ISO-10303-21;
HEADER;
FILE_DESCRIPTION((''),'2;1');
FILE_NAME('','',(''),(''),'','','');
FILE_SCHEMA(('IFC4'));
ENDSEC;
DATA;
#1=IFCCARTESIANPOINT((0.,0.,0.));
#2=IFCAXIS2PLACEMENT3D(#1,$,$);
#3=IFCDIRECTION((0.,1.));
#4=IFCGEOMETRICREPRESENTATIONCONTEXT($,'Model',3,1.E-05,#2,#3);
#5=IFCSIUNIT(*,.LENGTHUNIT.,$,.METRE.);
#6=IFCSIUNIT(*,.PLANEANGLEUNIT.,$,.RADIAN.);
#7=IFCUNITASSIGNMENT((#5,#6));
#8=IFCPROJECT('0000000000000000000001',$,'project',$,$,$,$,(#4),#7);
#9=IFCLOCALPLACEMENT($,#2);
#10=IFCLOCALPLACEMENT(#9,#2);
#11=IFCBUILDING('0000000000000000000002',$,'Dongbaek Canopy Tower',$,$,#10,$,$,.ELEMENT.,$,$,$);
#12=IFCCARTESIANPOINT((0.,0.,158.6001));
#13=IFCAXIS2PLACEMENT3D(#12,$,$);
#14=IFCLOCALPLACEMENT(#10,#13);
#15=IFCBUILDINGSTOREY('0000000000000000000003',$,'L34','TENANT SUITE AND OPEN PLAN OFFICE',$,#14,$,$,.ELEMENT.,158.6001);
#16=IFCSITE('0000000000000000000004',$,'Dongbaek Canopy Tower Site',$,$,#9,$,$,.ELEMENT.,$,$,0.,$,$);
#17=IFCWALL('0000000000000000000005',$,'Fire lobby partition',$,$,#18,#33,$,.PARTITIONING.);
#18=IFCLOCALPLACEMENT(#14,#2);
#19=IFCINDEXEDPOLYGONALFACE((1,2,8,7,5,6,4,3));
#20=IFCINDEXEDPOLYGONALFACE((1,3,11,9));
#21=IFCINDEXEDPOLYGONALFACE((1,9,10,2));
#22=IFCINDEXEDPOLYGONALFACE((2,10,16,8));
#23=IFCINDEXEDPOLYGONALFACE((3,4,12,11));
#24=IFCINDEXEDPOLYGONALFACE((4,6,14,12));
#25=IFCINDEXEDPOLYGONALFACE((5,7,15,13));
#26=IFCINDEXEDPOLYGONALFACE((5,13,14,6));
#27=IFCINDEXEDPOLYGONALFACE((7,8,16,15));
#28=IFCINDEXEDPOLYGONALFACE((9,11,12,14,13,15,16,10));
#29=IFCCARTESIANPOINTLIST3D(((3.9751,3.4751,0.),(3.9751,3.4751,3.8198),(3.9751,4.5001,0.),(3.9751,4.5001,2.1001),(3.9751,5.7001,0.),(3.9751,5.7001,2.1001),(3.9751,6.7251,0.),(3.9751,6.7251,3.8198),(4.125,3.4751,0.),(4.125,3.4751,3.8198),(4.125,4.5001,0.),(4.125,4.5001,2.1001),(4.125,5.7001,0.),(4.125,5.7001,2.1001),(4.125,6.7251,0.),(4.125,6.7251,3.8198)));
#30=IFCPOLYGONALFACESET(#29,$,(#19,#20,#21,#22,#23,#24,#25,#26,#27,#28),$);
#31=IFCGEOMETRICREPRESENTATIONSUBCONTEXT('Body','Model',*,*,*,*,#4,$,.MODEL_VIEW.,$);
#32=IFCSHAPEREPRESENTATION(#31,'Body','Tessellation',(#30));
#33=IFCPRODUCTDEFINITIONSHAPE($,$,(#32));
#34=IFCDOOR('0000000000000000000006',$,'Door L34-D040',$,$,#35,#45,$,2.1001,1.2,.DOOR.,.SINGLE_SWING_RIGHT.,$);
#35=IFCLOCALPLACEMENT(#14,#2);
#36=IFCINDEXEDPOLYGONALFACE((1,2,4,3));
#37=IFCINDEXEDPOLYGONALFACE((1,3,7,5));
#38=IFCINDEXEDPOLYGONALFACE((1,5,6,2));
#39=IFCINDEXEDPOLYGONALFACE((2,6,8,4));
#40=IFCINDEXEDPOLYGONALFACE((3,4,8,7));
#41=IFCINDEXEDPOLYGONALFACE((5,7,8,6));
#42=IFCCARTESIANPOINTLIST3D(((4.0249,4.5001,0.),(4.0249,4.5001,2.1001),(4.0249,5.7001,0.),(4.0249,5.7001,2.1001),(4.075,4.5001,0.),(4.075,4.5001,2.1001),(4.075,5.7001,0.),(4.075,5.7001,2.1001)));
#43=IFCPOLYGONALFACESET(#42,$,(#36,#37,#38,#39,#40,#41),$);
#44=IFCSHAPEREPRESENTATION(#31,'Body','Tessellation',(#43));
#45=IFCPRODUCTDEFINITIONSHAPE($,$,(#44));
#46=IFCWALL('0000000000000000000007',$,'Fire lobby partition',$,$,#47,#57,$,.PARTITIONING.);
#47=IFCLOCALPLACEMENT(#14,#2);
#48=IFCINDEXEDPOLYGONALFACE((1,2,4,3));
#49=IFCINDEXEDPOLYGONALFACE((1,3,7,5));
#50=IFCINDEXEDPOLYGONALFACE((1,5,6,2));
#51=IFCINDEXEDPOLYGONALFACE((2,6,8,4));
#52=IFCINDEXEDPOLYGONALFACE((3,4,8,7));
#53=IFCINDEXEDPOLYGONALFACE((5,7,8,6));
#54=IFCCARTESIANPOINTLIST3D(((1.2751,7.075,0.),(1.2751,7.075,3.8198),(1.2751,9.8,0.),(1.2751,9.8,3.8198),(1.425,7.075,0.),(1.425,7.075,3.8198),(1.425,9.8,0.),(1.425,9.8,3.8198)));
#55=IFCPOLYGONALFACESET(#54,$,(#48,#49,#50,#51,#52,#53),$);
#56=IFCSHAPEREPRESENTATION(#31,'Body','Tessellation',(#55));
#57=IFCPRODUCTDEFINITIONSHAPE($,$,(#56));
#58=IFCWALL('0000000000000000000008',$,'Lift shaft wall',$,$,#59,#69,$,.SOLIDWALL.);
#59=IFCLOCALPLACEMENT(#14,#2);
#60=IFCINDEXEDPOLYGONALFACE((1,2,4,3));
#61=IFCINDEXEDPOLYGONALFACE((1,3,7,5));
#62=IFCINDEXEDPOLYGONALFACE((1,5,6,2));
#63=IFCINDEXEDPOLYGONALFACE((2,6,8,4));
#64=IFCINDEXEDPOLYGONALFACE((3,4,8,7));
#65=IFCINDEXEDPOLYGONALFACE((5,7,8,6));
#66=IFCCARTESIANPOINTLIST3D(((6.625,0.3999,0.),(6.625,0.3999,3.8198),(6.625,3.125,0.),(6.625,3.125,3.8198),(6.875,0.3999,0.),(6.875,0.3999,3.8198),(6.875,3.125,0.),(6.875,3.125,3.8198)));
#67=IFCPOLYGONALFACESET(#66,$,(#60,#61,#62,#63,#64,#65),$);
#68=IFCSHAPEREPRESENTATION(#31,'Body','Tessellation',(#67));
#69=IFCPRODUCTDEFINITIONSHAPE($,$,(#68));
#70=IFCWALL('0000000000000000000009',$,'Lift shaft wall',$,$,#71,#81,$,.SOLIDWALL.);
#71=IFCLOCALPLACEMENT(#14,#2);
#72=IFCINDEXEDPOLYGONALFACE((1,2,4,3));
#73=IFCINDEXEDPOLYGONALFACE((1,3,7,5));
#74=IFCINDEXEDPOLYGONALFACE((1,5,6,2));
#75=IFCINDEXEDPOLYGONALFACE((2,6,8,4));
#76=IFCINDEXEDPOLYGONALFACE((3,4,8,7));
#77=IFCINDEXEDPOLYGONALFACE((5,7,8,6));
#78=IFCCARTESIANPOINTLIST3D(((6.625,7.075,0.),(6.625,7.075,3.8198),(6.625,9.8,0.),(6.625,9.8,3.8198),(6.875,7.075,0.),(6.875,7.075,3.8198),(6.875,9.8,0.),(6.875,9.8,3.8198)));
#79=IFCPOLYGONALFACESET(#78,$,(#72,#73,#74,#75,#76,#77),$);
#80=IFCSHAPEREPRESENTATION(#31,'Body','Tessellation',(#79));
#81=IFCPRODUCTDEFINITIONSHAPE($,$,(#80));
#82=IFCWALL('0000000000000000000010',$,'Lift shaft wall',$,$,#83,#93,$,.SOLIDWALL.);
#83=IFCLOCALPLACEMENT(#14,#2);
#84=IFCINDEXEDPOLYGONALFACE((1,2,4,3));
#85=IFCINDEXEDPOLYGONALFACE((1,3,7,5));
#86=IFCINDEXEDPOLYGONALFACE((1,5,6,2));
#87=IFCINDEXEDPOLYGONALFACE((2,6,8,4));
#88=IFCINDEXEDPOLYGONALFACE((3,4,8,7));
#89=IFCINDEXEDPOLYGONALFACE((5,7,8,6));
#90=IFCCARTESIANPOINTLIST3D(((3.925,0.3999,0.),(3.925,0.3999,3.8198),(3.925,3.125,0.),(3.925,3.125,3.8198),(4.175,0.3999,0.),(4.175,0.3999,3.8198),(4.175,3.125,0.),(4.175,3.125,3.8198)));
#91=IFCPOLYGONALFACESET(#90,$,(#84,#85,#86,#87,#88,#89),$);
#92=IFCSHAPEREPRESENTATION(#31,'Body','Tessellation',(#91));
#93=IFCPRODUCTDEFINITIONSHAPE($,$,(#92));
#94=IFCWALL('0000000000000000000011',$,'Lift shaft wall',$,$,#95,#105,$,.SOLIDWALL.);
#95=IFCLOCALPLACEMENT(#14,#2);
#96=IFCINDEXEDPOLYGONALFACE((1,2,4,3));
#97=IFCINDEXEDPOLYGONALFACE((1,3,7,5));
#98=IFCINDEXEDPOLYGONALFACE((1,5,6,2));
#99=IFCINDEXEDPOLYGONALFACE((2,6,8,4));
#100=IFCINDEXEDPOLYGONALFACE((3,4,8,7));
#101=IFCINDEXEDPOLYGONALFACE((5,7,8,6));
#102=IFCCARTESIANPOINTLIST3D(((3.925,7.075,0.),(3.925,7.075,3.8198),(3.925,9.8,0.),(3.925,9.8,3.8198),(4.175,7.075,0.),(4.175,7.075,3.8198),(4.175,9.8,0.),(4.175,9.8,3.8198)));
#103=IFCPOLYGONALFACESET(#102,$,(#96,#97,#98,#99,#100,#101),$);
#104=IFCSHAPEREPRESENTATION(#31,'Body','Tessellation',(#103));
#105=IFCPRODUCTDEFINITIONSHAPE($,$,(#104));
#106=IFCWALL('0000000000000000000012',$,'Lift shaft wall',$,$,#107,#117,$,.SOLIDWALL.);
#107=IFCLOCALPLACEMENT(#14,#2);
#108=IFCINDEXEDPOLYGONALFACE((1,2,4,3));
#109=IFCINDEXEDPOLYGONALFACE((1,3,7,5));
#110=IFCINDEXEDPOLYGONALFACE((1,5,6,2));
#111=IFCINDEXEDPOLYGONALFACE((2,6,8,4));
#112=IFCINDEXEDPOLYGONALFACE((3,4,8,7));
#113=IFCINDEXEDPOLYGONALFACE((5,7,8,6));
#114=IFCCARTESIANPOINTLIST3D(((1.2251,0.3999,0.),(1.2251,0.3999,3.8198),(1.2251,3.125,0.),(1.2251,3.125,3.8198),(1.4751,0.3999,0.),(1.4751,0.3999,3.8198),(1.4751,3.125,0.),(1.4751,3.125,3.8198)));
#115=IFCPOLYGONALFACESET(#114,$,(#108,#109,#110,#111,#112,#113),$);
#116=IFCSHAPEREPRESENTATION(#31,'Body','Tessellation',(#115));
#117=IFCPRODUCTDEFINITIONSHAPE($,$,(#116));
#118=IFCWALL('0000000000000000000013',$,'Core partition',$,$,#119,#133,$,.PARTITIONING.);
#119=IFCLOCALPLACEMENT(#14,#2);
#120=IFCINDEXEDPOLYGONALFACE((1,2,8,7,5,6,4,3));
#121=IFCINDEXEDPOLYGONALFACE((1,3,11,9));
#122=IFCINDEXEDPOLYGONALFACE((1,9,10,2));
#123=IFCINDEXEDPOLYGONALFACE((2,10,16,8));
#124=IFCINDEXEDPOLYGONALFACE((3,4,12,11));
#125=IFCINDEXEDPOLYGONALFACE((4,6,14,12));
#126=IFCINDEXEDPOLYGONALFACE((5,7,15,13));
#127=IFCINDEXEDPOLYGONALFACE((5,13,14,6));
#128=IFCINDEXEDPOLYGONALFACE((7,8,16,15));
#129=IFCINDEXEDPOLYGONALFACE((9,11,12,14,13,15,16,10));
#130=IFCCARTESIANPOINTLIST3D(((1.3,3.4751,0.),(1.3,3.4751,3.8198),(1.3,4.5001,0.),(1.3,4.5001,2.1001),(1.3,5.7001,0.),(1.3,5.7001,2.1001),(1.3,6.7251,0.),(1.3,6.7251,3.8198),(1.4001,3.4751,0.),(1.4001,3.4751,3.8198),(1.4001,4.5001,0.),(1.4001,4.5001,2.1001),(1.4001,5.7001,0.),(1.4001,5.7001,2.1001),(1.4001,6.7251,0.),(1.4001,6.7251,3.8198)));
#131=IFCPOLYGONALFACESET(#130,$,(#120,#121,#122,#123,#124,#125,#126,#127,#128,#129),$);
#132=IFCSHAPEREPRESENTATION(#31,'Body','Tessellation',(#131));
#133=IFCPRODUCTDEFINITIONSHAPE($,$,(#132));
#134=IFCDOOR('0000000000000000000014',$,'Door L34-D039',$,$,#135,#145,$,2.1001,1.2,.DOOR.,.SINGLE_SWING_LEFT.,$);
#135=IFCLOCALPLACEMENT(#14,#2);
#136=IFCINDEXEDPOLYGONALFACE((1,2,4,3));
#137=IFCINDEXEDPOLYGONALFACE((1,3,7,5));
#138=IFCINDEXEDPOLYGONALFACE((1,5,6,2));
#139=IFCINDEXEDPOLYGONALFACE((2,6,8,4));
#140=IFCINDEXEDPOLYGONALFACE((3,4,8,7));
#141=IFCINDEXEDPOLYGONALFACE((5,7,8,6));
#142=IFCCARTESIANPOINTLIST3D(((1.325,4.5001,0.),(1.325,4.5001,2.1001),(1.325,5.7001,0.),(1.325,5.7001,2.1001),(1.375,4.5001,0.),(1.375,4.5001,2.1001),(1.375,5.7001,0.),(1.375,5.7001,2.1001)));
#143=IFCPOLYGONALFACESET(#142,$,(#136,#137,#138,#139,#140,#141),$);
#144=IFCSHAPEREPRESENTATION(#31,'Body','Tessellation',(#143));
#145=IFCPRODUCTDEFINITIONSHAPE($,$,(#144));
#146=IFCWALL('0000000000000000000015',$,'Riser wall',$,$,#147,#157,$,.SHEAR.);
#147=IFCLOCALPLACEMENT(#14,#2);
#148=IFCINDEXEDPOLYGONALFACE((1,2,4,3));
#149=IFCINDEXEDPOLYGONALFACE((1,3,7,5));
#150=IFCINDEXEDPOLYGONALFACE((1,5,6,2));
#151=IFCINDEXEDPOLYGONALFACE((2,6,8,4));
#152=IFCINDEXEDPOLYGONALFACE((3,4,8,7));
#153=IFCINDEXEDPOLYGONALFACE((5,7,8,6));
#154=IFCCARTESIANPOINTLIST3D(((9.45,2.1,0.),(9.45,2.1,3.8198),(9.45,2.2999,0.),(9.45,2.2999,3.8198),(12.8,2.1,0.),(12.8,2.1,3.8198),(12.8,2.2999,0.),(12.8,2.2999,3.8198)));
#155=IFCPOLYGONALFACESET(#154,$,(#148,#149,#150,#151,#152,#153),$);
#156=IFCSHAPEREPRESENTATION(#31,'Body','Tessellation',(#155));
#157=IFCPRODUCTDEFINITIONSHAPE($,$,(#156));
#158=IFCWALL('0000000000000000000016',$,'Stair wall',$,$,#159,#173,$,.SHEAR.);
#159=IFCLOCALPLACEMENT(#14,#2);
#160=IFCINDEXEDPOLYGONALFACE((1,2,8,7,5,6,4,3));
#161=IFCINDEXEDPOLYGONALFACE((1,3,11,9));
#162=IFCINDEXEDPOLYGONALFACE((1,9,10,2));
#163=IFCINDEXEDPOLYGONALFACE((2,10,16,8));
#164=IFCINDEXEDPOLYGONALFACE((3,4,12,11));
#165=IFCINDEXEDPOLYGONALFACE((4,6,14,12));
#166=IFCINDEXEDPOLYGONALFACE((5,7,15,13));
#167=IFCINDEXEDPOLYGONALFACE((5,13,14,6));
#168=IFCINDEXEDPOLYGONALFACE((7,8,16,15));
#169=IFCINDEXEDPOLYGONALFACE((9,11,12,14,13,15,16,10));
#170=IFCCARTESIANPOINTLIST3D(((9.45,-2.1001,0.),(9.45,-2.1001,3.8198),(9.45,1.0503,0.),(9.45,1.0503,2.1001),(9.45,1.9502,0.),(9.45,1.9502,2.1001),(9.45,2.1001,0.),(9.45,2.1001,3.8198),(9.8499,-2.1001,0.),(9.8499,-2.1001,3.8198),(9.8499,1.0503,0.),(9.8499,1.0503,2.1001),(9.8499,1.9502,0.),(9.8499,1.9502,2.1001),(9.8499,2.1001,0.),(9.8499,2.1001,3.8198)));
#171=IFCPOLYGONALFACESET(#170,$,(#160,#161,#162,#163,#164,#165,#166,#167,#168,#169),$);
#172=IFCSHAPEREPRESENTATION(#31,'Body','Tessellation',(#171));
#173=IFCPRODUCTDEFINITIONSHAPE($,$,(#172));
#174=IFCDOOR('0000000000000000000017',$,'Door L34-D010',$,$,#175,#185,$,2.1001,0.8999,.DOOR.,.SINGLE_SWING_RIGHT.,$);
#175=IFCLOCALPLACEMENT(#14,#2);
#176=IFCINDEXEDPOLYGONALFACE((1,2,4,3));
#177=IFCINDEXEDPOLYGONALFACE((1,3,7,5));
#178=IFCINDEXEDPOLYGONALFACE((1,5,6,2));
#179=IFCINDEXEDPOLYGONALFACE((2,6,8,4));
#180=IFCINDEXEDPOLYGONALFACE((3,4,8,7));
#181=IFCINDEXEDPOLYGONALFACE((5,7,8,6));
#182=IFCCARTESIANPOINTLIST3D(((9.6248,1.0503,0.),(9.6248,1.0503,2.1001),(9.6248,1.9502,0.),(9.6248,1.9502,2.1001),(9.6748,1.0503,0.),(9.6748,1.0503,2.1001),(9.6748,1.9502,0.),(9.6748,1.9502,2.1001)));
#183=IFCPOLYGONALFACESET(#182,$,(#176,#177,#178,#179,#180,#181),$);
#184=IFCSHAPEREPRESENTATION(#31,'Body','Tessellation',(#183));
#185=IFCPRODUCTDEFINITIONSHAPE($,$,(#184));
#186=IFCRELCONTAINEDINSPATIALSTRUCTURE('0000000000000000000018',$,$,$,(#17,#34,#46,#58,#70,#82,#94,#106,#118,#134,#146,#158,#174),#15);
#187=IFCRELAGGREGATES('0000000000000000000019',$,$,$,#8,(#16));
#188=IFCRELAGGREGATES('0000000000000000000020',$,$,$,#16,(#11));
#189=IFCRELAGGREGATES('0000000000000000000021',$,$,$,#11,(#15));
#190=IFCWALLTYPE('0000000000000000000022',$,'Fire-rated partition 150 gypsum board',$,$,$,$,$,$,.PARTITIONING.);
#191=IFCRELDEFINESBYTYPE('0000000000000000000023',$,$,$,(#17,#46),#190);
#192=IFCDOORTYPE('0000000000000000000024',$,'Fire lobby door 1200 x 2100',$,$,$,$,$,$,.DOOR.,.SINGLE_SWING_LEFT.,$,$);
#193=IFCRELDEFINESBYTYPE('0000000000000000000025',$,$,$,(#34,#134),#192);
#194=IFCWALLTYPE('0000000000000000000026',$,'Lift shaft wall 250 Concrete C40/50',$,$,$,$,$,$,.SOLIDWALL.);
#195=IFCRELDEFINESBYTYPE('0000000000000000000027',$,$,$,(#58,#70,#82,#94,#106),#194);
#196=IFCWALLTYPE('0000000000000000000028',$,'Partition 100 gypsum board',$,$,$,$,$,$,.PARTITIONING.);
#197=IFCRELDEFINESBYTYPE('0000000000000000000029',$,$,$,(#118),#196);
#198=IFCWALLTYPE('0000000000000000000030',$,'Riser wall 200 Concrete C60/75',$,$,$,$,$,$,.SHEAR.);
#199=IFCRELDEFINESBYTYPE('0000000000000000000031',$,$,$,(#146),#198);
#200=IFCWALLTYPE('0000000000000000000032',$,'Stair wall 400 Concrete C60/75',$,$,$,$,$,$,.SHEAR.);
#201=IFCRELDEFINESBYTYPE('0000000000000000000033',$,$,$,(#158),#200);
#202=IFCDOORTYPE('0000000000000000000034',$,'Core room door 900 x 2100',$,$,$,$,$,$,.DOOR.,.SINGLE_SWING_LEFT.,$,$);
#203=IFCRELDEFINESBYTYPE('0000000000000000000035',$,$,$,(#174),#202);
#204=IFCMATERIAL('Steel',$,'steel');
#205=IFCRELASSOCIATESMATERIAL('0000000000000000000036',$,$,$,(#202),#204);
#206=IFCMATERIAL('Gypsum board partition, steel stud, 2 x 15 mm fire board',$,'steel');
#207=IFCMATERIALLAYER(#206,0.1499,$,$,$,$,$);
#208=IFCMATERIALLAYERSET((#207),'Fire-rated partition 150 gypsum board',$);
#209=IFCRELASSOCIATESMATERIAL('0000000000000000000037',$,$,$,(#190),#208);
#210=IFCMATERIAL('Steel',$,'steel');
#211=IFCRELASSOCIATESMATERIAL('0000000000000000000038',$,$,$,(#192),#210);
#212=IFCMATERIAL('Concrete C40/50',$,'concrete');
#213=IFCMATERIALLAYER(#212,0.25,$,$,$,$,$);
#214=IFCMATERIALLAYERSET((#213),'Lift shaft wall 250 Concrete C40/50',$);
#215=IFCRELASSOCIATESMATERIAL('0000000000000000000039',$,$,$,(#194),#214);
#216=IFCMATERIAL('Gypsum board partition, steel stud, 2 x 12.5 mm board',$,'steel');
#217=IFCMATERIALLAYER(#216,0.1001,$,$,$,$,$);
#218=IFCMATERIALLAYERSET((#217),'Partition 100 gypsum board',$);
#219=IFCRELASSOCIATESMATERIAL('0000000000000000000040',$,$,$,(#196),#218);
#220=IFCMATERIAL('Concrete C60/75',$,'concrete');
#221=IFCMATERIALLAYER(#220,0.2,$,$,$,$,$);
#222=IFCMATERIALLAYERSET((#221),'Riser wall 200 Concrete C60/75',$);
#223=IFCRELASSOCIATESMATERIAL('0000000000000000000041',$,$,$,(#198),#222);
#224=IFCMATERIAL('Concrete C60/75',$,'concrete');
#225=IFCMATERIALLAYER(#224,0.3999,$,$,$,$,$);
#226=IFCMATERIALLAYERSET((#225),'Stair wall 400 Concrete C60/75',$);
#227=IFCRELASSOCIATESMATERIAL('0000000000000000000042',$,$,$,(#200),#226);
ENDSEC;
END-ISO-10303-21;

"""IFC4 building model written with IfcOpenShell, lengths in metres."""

from ifc_helpers import new_model, si_unit, direction, frame, frame_2d, origin, place, context, subcontext, project, spatial, rectangle, extrude, material, layer, layer_set, type_object, element, fill, save


model = new_model("IFC4")

# Units and contexts
model_context = context("Model", 3, precision=1e-05, world=origin(), true_north=direction((0.0, 1.0)))
body_context = subcontext(model_context, "Body", "Model", "MODEL_VIEW")
ifc_project = project(units=[si_unit("LENGTHUNIT", "METRE"), si_unit("PLANEANGLEUNIT", "RADIAN")], contexts=[model_context])

# Site, building, storey
site_placement = place(None, origin())
site = spatial("IfcSite", under=ifc_project, at=site_placement, Name="Dongbaek Canopy Tower Site", CompositionType="ELEMENT", RefElevation=0.0)
building_placement = place(site_placement, origin())
building = spatial("IfcBuilding", under=site, at=building_placement, Name="Dongbaek Canopy Tower", CompositionType="ELEMENT")
storey_placement = place(building_placement, frame((0.0, 0.0, 158.6001)))
storey = spatial("IfcBuildingStorey", under=building, at=storey_placement, Name="L34", Description="TENANT SUITE AND OPEN PLAN OFFICE", CompositionType="ELEMENT", Elevation=158.6001)

# Shared definitions
ifc_material_1 = material(Name="Steel", Category="steel")
door_type_1 = type_object("IfcDoorType", Name="Core room door 900 x 2100", OperationType="SINGLE_SWING_LEFT", PredefinedType="DOOR", material=ifc_material_1)

# Wall, opening, door
ifc_material_2 = material(Name="Gypsum board partition, steel stud, 2 x 15 mm fire board", Category="steel")
ifc_layer_1 = layer(ifc_material_2, 0.1499)
ifc_layer_set_1 = layer_set([ifc_layer_1], Name="Fire-rated partition 150 gypsum board")
wall_type_1 = type_object("IfcWallType", Name="Fire-rated partition 150 gypsum board", PredefinedType="PARTITIONING", material=ifc_layer_set_1)
wall_1_placement = place(storey_placement, frame((4.05, 6.7251, 0.0), z_axis=(0.0, 0.0, 1.0), x_axis=(0.0, -1.0, 0.0)))
wall_1 = element("IfcWall", 1, at=wall_1_placement, inside=storey, type_object=wall_type_1, Name="Fire lobby partition", PredefinedType="PARTITIONING", context=body_context, shape_type="SweptSolid", body=[
    extrude(rectangle(XDim=3.25, YDim=0.1499, at=frame_2d((1.625, 0.0))), origin(), (0.0, 0.0, 1.0), 3.8198),
])
opening_1_placement = place(wall_1_placement, frame((1.0249, 0.0, 0.0)))
opening_1 = element("IfcOpeningElement", 2, at=opening_1_placement, cuts=wall_1, PredefinedType="OPENING", context=body_context, shape_type="SweptSolid", body=[
    extrude(rectangle(XDim=1.2, YDim=2.1001, at=frame_2d((0.6001, 1.05))), frame((0.0, 0.085, 0.0), z_axis=(0.0, -1.0, 0.0), x_axis=(1.0, 0.0, 0.0)), (0.0, 0.0, 1.0), 0.1699),
])
ifc_material_3 = material(Name="Steel", Category="steel")
door_type_2 = type_object("IfcDoorType", Name="Fire lobby door 1200 x 2100", OperationType="SINGLE_SWING_LEFT", PredefinedType="DOOR", material=ifc_material_3)
door_1_placement = place(opening_1_placement, origin())
door_1 = element("IfcDoor", 3, at=door_1_placement, inside=storey, type_object=door_type_2, Name="Door L34-D040", OperationType="SINGLE_SWING_RIGHT", OverallHeight=2.1001, OverallWidth=1.2, PredefinedType="DOOR", context=body_context, shape_type="SweptSolid", body=[
    extrude(rectangle(XDim=1.2, YDim=2.1001, at=frame_2d((0.6001, 1.05))), frame((0.0, 0.0249, 0.0), z_axis=(0.0, -1.0, 0.0), x_axis=(1.0, 0.0, 0.0)), (0.0, 0.0, 1.0), 0.05),
])
fill(opening_1, door_1)

# Walls
wall_2_placement = place(storey_placement, frame((1.3501, 7.075, 0.0), z_axis=(0.0, 0.0, 1.0), x_axis=(0.0, 1.0, 0.0)))
element("IfcWall", 4, at=wall_2_placement, inside=storey, type_object=wall_type_1, Name="Fire lobby partition", PredefinedType="PARTITIONING", context=body_context, shape_type="SweptSolid", body=[
    extrude(rectangle(XDim=2.7251, YDim=0.1499, at=frame_2d((1.3625, 0.0))), origin(), (0.0, 0.0, 1.0), 3.8198),
])
ifc_material_4 = material(Name="Concrete C40/50", Category="concrete")
ifc_layer_2 = layer(ifc_material_4, 0.25)
ifc_layer_set_2 = layer_set([ifc_layer_2], Name="Lift shaft wall 250 Concrete C40/50")
wall_type_2 = type_object("IfcWallType", Name="Lift shaft wall 250 Concrete C40/50", PredefinedType="SOLIDWALL", material=ifc_layer_set_2)
for number, where, z_axis, x_axis, name in (
    (5, (6.75, 0.3999, 0.0), (0.0, 0.0, 1.0), (0.0, 1.0, 0.0), "Lift shaft wall"),
    (6, (6.75, 7.075, 0.0), (0.0, 0.0, 1.0), (0.0, 1.0, 0.0), "Lift shaft wall"),
    (7, (4.05, 0.3999, 0.0), (0.0, 0.0, 1.0), (0.0, 1.0, 0.0), "Lift shaft wall"),
    (8, (4.05, 7.075, 0.0), (0.0, 0.0, 1.0), (0.0, 1.0, 0.0), "Lift shaft wall"),
    (9, (1.3501, 0.3999, 0.0), (0.0, 0.0, 1.0), (0.0, 1.0, 0.0), "Lift shaft wall"),
):
    element("IfcWall", number, at=place(storey_placement, frame(where, z_axis=z_axis, x_axis=x_axis)), inside=storey, type_object=wall_type_2, Name=name, PredefinedType="SOLIDWALL", context=body_context, shape_type="SweptSolid", body=[
        extrude(rectangle(XDim=2.7251, YDim=0.25, at=frame_2d((1.3625, 0.0))), origin(), (0.0, 0.0, 1.0), 3.8198),
    ])

# Wall, opening, door
ifc_material_5 = material(Name="Gypsum board partition, steel stud, 2 x 12.5 mm board", Category="steel")
ifc_layer_3 = layer(ifc_material_5, 0.1001)
ifc_layer_set_3 = layer_set([ifc_layer_3], Name="Partition 100 gypsum board")
wall_type_3 = type_object("IfcWallType", Name="Partition 100 gypsum board", PredefinedType="PARTITIONING", material=ifc_layer_set_3)
wall_3_placement = place(storey_placement, frame((1.3501, 6.7251, 0.0), z_axis=(0.0, 0.0, 1.0), x_axis=(0.0, -1.0, 0.0)))
wall_3 = element("IfcWall", 10, at=wall_3_placement, inside=storey, type_object=wall_type_3, Name="Core partition", PredefinedType="PARTITIONING", context=body_context, shape_type="SweptSolid", body=[
    extrude(rectangle(XDim=3.25, YDim=0.1001, at=frame_2d((1.625, 0.0))), origin(), (0.0, 0.0, 1.0), 3.8198),
])
opening_2_placement = place(wall_3_placement, frame((1.0249, 0.0, 0.0)))
opening_2 = element("IfcOpeningElement", 11, at=opening_2_placement, cuts=wall_3, PredefinedType="OPENING", context=body_context, shape_type="SweptSolid", body=[
    extrude(rectangle(XDim=1.2, YDim=2.1001, at=frame_2d((0.6001, 1.05))), frame((0.0, 0.0601, 0.0), z_axis=(0.0, -1.0, 0.0), x_axis=(1.0, 0.0, 0.0)), (0.0, 0.0, 1.0), 0.1201),
])
door_2_placement = place(opening_2_placement, origin())
door_2 = element("IfcDoor", 12, at=door_2_placement, inside=storey, type_object=door_type_2, Name="Door L34-D039", OperationType="SINGLE_SWING_LEFT", OverallHeight=2.1001, OverallWidth=1.2, PredefinedType="DOOR", context=body_context, shape_type="SweptSolid", body=[
    extrude(rectangle(XDim=1.2, YDim=2.1001, at=frame_2d((0.6001, 1.05))), frame((0.0, 0.0249, 0.0), z_axis=(0.0, -1.0, 0.0), x_axis=(1.0, 0.0, 0.0)), (0.0, 0.0, 1.0), 0.05),
])
fill(opening_2, door_2)

# Wall
ifc_material_6 = material(Name="Concrete C60/75", Category="concrete")
ifc_layer_4 = layer(ifc_material_6, 0.2)
ifc_layer_set_4 = layer_set([ifc_layer_4], Name="Riser wall 200 Concrete C60/75")
wall_type_4 = type_object("IfcWallType", Name="Riser wall 200 Concrete C60/75", PredefinedType="SHEAR", material=ifc_layer_set_4)
wall_4_placement = place(storey_placement, frame((9.45, 2.2, 0.0), z_axis=(0.0, 0.0, 1.0), x_axis=(1.0, 0.0, 0.0)))
element("IfcWall", 13, at=wall_4_placement, inside=storey, type_object=wall_type_4, Name="Riser wall", PredefinedType="SHEAR", context=body_context, shape_type="SweptSolid", body=[
    extrude(rectangle(XDim=3.3501, YDim=0.2, at=frame_2d((1.675, 0.0))), origin(), (0.0, 0.0, 1.0), 3.8198),
])

# Wall, opening, door
ifc_material_7 = material(Name="Concrete C60/75", Category="concrete")
ifc_layer_5 = layer(ifc_material_7, 0.3999)
ifc_layer_set_5 = layer_set([ifc_layer_5], Name="Stair wall 400 Concrete C60/75")
wall_type_5 = type_object("IfcWallType", Name="Stair wall 400 Concrete C60/75", PredefinedType="SHEAR", material=ifc_layer_set_5)
wall_5_placement = place(storey_placement, frame((9.6499, 2.1001, 0.0), z_axis=(0.0, 0.0, 1.0), x_axis=(0.0, -1.0, 0.0)))
wall_5 = element("IfcWall", 14, at=wall_5_placement, inside=storey, type_object=wall_type_5, Name="Stair wall", PredefinedType="SHEAR", context=body_context, shape_type="SweptSolid", body=[
    extrude(rectangle(XDim=4.2002, YDim=0.3999, at=frame_2d((2.1001, 0.0))), origin(), (0.0, 0.0, 1.0), 3.8198),
])
opening_3_placement = place(wall_5_placement, frame((0.1499, 0.0, 0.0)))
opening_3 = element("IfcOpeningElement", 15, at=opening_3_placement, cuts=wall_5, PredefinedType="OPENING", context=body_context, shape_type="SweptSolid", body=[
    extrude(rectangle(XDim=0.8999, YDim=2.1001, at=frame_2d((0.45, 1.05))), frame((0.0, 0.21, 0.0), z_axis=(0.0, -1.0, 0.0), x_axis=(1.0, 0.0, 0.0)), (0.0, 0.0, 1.0), 0.4199),
])
door_3_placement = place(opening_3_placement, origin())
door_3 = element("IfcDoor", 16, at=door_3_placement, inside=storey, type_object=door_type_1, Name="Door L34-D010", OperationType="SINGLE_SWING_RIGHT", OverallHeight=2.1001, OverallWidth=0.8999, PredefinedType="DOOR", context=body_context, shape_type="SweptSolid", body=[
    extrude(rectangle(XDim=0.8999, YDim=2.1001, at=frame_2d((0.45, 1.05))), frame((0.0, 0.0249, 0.0), z_axis=(0.0, -1.0, 0.0), x_axis=(1.0, 0.0, 0.0)), (0.0, 0.0, 1.0), 0.05),
])
fill(opening_3, door_3)

save(model, "model.ifc")
